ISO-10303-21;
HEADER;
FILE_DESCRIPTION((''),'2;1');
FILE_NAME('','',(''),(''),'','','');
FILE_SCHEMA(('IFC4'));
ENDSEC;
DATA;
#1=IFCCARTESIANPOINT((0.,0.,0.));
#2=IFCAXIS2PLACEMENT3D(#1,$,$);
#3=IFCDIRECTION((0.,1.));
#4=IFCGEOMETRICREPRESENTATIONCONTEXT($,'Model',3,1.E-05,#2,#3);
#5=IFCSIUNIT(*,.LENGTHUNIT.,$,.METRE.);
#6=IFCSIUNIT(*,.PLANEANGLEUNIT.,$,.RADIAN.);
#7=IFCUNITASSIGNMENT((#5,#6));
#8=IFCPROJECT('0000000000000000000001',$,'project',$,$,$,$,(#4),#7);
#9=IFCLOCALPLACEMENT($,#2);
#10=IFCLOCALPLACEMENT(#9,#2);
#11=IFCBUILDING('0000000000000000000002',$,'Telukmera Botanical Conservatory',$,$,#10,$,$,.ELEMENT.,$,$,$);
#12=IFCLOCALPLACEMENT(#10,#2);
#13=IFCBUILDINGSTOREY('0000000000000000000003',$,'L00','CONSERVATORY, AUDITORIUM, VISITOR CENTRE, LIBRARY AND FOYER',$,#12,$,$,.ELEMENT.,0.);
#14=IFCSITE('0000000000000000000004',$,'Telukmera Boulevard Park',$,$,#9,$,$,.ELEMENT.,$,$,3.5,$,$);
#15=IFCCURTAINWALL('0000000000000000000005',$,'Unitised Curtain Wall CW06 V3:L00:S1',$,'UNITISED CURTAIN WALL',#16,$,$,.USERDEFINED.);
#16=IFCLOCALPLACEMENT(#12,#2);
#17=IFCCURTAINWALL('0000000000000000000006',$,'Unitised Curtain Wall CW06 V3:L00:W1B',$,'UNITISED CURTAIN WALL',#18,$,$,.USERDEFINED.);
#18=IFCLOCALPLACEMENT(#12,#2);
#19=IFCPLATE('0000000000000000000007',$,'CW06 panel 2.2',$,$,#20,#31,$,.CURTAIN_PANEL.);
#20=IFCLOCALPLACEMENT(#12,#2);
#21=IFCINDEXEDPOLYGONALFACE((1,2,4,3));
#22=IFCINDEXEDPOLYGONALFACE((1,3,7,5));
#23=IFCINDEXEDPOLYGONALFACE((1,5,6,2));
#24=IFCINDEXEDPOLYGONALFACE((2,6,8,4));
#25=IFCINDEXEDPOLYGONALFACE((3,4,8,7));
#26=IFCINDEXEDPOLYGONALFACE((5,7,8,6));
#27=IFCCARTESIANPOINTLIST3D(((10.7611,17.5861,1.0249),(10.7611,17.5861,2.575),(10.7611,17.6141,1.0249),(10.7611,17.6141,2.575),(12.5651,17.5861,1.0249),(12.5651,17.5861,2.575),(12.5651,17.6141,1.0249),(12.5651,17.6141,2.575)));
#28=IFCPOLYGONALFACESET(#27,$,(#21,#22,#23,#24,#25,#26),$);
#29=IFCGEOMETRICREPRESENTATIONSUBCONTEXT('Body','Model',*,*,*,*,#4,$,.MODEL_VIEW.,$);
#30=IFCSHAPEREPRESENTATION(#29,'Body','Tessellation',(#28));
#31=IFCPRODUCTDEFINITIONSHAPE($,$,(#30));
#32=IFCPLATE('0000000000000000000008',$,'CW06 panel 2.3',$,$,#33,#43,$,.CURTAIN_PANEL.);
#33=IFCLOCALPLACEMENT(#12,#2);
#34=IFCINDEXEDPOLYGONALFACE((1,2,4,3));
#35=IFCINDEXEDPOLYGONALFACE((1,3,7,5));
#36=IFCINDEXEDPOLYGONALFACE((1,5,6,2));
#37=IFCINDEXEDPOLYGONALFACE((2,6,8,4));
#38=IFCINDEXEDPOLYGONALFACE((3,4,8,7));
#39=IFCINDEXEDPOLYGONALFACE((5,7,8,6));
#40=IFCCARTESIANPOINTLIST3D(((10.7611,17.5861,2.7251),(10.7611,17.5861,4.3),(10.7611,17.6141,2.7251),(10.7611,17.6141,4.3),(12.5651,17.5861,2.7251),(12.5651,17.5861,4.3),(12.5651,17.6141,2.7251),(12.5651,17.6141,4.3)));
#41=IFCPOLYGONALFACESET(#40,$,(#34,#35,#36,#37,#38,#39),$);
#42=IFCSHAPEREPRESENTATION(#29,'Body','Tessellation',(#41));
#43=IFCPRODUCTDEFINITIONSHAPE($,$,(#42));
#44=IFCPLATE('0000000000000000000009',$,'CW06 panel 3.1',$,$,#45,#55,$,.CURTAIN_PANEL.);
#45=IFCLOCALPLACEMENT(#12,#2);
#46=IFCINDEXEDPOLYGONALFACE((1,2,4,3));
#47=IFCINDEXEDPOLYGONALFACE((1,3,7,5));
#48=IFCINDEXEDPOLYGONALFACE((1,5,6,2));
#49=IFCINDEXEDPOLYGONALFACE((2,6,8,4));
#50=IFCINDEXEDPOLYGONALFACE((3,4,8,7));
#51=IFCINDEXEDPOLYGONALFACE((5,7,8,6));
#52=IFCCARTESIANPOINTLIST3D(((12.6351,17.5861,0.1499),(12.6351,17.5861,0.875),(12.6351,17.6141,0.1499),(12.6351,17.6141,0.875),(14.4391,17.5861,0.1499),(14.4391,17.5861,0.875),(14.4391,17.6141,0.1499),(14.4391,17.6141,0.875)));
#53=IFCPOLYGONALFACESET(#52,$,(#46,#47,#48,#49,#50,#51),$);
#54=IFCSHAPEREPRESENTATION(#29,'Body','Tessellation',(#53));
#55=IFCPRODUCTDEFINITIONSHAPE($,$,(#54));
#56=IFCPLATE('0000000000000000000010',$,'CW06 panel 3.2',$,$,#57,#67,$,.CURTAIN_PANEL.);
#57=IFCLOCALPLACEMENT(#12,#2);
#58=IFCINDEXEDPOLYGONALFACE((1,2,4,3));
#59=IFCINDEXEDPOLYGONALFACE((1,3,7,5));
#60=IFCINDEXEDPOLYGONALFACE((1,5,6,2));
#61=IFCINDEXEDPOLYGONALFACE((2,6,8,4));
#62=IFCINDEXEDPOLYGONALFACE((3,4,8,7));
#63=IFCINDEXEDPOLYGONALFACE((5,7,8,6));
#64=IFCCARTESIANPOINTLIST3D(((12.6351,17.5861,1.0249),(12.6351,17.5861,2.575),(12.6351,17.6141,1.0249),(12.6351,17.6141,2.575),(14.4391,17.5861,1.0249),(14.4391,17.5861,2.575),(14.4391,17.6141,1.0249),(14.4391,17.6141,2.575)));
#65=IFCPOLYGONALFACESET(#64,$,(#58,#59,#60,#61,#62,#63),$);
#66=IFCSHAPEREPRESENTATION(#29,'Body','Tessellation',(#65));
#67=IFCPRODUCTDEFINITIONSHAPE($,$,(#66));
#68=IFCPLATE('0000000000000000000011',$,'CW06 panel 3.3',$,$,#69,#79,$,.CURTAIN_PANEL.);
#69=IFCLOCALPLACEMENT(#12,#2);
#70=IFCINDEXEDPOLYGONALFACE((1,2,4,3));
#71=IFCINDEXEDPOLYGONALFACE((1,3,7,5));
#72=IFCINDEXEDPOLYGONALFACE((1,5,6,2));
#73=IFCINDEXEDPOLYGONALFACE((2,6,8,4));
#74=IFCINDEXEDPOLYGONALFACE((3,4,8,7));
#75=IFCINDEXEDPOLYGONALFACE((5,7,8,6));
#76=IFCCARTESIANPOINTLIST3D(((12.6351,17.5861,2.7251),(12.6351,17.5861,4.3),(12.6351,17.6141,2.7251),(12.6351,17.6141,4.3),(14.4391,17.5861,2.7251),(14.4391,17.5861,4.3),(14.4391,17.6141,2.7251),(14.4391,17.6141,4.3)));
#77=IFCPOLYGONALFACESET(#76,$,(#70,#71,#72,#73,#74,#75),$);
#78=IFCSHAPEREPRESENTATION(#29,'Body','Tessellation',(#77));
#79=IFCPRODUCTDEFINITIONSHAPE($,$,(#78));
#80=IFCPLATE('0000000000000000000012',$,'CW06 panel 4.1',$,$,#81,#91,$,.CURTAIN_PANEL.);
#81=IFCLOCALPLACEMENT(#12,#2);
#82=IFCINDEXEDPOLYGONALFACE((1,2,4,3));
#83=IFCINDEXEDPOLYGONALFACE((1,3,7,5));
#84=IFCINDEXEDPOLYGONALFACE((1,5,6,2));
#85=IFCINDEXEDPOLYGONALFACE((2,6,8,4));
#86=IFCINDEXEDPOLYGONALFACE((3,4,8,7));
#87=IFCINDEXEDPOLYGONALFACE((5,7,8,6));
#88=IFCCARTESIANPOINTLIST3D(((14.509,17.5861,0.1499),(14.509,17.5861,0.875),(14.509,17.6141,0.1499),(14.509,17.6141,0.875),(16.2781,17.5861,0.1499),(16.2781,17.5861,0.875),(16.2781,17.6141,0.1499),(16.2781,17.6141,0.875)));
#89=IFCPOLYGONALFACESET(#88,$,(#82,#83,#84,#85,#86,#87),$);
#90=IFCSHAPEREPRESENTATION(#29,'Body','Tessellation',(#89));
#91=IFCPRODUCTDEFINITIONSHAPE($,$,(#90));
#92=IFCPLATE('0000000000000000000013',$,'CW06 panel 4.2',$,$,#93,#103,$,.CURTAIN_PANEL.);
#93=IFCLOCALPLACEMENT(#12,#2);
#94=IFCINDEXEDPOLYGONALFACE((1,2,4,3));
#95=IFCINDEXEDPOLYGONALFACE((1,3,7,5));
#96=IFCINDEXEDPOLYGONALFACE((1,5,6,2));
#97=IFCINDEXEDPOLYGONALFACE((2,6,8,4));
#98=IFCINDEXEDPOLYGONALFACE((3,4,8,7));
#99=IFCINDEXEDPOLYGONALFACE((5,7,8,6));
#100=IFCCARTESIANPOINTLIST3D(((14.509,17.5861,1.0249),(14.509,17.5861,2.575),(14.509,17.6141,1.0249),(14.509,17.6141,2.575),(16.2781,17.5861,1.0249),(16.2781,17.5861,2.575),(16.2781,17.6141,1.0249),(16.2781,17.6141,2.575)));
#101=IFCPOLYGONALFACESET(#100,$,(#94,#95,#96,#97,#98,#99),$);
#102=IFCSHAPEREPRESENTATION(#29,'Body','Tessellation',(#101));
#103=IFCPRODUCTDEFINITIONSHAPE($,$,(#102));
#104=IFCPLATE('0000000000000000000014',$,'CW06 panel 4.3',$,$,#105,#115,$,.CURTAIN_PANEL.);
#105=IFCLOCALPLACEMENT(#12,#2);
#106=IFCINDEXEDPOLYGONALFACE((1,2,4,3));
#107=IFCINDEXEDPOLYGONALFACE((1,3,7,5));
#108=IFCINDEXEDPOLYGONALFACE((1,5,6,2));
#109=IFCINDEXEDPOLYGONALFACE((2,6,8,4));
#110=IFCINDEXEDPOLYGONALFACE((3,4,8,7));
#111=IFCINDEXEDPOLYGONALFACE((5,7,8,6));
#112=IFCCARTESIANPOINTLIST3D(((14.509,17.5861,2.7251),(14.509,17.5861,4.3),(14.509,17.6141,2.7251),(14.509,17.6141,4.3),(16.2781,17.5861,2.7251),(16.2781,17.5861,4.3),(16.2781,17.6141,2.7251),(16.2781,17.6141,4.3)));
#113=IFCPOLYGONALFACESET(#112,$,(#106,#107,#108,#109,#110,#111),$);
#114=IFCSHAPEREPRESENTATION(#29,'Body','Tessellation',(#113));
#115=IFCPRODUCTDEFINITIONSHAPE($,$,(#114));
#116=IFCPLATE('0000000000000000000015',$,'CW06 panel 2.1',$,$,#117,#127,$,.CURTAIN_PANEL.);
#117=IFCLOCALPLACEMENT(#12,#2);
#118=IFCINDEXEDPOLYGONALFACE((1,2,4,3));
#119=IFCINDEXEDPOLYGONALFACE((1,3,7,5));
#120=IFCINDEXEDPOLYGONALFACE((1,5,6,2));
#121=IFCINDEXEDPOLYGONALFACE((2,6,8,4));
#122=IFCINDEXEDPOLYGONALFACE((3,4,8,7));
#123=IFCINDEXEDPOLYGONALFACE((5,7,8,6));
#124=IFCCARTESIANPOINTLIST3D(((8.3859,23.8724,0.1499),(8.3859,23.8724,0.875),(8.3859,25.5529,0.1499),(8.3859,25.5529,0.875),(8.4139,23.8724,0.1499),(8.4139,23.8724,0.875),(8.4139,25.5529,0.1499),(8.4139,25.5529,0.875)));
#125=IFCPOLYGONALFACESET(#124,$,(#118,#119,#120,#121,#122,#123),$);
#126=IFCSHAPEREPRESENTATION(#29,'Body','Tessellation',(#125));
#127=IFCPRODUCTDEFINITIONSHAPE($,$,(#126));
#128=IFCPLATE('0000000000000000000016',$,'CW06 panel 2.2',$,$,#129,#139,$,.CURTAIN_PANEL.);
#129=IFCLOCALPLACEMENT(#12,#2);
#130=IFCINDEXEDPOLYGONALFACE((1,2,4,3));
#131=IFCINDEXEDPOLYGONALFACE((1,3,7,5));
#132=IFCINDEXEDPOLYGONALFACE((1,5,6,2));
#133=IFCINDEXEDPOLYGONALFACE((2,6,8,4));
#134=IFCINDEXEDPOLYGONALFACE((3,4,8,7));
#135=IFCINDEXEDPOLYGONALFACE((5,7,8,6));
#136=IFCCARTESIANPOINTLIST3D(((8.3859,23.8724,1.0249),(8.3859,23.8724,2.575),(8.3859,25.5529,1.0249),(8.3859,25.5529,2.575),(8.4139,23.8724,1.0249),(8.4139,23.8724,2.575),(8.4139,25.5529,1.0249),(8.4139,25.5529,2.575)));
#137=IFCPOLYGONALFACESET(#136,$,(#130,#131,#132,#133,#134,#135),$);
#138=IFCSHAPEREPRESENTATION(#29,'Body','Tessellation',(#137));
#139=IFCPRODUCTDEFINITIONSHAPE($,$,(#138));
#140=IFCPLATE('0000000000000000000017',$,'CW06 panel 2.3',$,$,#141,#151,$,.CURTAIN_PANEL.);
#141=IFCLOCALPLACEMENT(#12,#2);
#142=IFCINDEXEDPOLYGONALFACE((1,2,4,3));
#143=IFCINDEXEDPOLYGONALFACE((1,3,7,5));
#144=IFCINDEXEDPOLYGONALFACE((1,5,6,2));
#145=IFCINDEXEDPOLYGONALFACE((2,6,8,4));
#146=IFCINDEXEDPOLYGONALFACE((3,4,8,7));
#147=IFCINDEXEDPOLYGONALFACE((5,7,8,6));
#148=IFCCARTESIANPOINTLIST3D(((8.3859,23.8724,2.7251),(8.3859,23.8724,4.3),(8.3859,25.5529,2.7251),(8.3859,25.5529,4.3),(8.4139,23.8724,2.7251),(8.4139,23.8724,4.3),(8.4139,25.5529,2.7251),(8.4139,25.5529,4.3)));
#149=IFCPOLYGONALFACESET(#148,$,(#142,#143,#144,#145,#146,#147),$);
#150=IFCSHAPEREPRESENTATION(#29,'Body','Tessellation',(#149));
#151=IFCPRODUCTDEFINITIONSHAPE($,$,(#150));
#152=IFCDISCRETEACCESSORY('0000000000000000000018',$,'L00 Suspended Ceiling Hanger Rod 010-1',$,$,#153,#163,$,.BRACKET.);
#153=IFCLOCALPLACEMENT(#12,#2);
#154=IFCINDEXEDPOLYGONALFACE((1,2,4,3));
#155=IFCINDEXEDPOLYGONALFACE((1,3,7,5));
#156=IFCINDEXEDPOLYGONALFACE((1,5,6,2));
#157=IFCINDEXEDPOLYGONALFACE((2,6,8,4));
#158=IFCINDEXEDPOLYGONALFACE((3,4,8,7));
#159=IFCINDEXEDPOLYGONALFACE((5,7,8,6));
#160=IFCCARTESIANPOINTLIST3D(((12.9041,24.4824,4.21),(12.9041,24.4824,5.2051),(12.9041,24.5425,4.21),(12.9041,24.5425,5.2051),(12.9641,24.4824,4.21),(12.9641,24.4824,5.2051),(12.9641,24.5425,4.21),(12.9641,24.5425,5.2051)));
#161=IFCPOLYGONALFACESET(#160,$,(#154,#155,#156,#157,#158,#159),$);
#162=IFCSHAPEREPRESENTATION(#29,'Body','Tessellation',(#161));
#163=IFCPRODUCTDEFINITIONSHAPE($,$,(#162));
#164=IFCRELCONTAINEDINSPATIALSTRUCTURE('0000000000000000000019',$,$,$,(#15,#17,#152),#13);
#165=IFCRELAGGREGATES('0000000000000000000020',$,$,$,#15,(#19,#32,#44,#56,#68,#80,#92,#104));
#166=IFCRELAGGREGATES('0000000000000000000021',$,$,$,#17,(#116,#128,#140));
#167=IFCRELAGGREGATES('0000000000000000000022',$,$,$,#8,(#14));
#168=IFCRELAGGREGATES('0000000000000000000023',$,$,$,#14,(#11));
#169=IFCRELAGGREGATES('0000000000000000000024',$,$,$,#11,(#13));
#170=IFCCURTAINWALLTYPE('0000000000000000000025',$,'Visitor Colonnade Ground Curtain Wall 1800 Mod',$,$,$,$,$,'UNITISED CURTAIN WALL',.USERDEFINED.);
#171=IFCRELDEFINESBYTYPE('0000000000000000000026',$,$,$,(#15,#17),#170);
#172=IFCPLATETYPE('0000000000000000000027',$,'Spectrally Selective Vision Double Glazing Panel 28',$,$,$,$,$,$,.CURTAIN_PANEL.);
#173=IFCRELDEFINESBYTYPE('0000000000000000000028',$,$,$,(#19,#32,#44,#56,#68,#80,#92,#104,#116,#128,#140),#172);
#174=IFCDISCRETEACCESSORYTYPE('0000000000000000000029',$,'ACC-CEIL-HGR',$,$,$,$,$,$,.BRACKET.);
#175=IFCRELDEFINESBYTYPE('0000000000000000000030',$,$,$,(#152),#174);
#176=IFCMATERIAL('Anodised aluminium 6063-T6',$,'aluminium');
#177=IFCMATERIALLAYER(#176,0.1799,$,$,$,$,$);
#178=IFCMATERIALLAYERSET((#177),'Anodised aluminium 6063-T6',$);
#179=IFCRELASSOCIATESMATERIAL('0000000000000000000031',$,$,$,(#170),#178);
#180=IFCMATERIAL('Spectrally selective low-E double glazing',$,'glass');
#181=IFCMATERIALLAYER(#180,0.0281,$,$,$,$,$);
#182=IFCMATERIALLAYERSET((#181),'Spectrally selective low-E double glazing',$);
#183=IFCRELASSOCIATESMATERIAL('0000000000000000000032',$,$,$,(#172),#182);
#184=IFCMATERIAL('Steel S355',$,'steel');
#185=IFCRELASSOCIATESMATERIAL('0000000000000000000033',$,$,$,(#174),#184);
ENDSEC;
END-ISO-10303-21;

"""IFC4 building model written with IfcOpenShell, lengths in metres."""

from ifc_helpers import new_model, si_unit, direction, frame, origin, origin_2d, place, context, subcontext, project, spatial, rectangle, extrude, material, layer, layer_set, type_object, element, aggregate, save


model = new_model("IFC4")

# Units and contexts
model_context = context("Model", 3, precision=1e-05, world=origin(), true_north=direction((0.0, 1.0)))
body_context = subcontext(model_context, "Body", "Model", "MODEL_VIEW")
ifc_project = project(units=[si_unit("LENGTHUNIT", "METRE"), si_unit("PLANEANGLEUNIT", "RADIAN")], contexts=[model_context])

# Site, building, storey
site_placement = place(None, origin())
site = spatial("IfcSite", under=ifc_project, at=site_placement, Name="Telukmera Boulevard Park", CompositionType="ELEMENT", RefElevation=3.5)
building_placement = place(site_placement, origin())
building = spatial("IfcBuilding", under=site, at=building_placement, Name="Telukmera Botanical Conservatory", CompositionType="ELEMENT")
storey_placement = place(building_placement, origin())
storey = spatial("IfcBuildingStorey", under=building, at=storey_placement, Name="L00", Description="CONSERVATORY, AUDITORIUM, VISITOR CENTRE, LIBRARY AND FOYER", CompositionType="ELEMENT", Elevation=0.0)

# Curtain wall
ifc_material_1 = material(Name="Anodised aluminium 6063-T6", Category="aluminium")
ifc_layer_1 = layer(ifc_material_1, 0.1799)
ifc_layer_set_1 = layer_set([ifc_layer_1], Name="Anodised aluminium 6063-T6")
curtain_wall_type = type_object("IfcCurtainWallType", Name="Visitor Colonnade Ground Curtain Wall 1800 Mod", ElementType="UNITISED CURTAIN WALL", PredefinedType="USERDEFINED", material=ifc_layer_set_1)
curtain_wall_1_placement = place(storey_placement, origin())
curtain_wall_1 = element("IfcCurtainWall", 1, at=curtain_wall_1_placement, inside=storey, type_object=curtain_wall_type, Name="Unitised Curtain Wall CW06 V3:L00:S1", ObjectType="UNITISED CURTAIN WALL", PredefinedType="USERDEFINED")

# Curtain wall
curtain_wall_2_placement = place(storey_placement, origin())
curtain_wall_2 = element("IfcCurtainWall", 2, at=curtain_wall_2_placement, inside=storey, type_object=curtain_wall_type, Name="Unitised Curtain Wall CW06 V3:L00:W1B", ObjectType="UNITISED CURTAIN WALL", PredefinedType="USERDEFINED")

# Plates
ifc_material_2 = material(Name="Spectrally selective low-E double glazing", Category="glass")
ifc_layer_2 = layer(ifc_material_2, 0.0281)
ifc_layer_set_2 = layer_set([ifc_layer_2], Name="Spectrally selective low-E double glazing")
plate_type = type_object("IfcPlateType", Name="Spectrally Selective Vision Double Glazing Panel 28", PredefinedType="CURTAIN_PANEL", material=ifc_layer_set_2)
plate_1_placement = place(storey_placement, frame((11.6631, 17.6001, 1.0249), z_axis=(0.0, 0.0, 1.0), x_axis=(1.0, 0.0, 0.0)))
plate_1 = element("IfcPlate", 3, at=plate_1_placement, type_object=plate_type, Name="CW06 panel 2.2", PredefinedType="CURTAIN_PANEL", context=body_context, shape_type="SweptSolid", body=[
    extrude(rectangle(XDim=1.804, YDim=0.0281, at=origin_2d()), origin(), (0.0, 0.0, 1.0), 1.55),
])
plate_2_placement = place(storey_placement, frame((11.6631, 17.6001, 2.7251), z_axis=(0.0, 0.0, 1.0), x_axis=(1.0, 0.0, 0.0)))
plate_2 = element("IfcPlate", 4, at=plate_2_placement, type_object=plate_type, Name="CW06 panel 2.3", PredefinedType="CURTAIN_PANEL", context=body_context, shape_type="SweptSolid", body=[
    extrude(rectangle(XDim=1.804, YDim=0.0281, at=origin_2d()), origin(), (0.0, 0.0, 1.0), 1.575),
])
plate_3_placement = place(storey_placement, frame((13.5371, 17.6001, 0.1499), z_axis=(0.0, 0.0, 1.0), x_axis=(1.0, 0.0, 0.0)))
plate_3 = element("IfcPlate", 5, at=plate_3_placement, type_object=plate_type, Name="CW06 panel 3.1", PredefinedType="CURTAIN_PANEL", context=body_context, shape_type="SweptSolid", body=[
    extrude(rectangle(XDim=1.804, YDim=0.0281, at=origin_2d()), origin(), (0.0, 0.0, 1.0), 0.7251),
])
plate_4_placement = place(storey_placement, frame((13.5371, 17.6001, 1.0249), z_axis=(0.0, 0.0, 1.0), x_axis=(1.0, 0.0, 0.0)))
plate_4 = element("IfcPlate", 6, at=plate_4_placement, type_object=plate_type, Name="CW06 panel 3.2", PredefinedType="CURTAIN_PANEL", context=body_context, shape_type="SweptSolid", body=[
    extrude(rectangle(XDim=1.804, YDim=0.0281, at=origin_2d()), origin(), (0.0, 0.0, 1.0), 1.55),
])
plate_5_placement = place(storey_placement, frame((13.5371, 17.6001, 2.7251), z_axis=(0.0, 0.0, 1.0), x_axis=(1.0, 0.0, 0.0)))
plate_5 = element("IfcPlate", 7, at=plate_5_placement, type_object=plate_type, Name="CW06 panel 3.3", PredefinedType="CURTAIN_PANEL", context=body_context, shape_type="SweptSolid", body=[
    extrude(rectangle(XDim=1.804, YDim=0.0281, at=origin_2d()), origin(), (0.0, 0.0, 1.0), 1.575),
])
plate_6_placement = place(storey_placement, frame((15.3936, 17.6001, 0.1499), z_axis=(0.0, 0.0, 1.0), x_axis=(1.0, 0.0, 0.0)))
plate_6 = element("IfcPlate", 8, at=plate_6_placement, type_object=plate_type, Name="CW06 panel 4.1", PredefinedType="CURTAIN_PANEL", context=body_context, shape_type="SweptSolid", body=[
    extrude(rectangle(XDim=1.769, YDim=0.0281, at=origin_2d()), origin(), (0.0, 0.0, 1.0), 0.7251),
])
plate_7_placement = place(storey_placement, frame((15.3936, 17.6001, 1.0249), z_axis=(0.0, 0.0, 1.0), x_axis=(1.0, 0.0, 0.0)))
plate_7 = element("IfcPlate", 9, at=plate_7_placement, type_object=plate_type, Name="CW06 panel 4.2", PredefinedType="CURTAIN_PANEL", context=body_context, shape_type="SweptSolid", body=[
    extrude(rectangle(XDim=1.769, YDim=0.0281, at=origin_2d()), origin(), (0.0, 0.0, 1.0), 1.55),
])
plate_8_placement = place(storey_placement, frame((15.3936, 17.6001, 2.7251), z_axis=(0.0, 0.0, 1.0), x_axis=(1.0, 0.0, 0.0)))
plate_8 = element("IfcPlate", 10, at=plate_8_placement, type_object=plate_type, Name="CW06 panel 4.3", PredefinedType="CURTAIN_PANEL", context=body_context, shape_type="SweptSolid", body=[
    extrude(rectangle(XDim=1.769, YDim=0.0281, at=origin_2d()), origin(), (0.0, 0.0, 1.0), 1.575),
])
aggregate(curtain_wall_1, [plate_1, plate_2, plate_3, plate_4, plate_5, plate_6, plate_7, plate_8])
plate_9_placement = place(storey_placement, frame((8.3999, 24.7126, 0.1499), z_axis=(0.0, 0.0, 1.0), x_axis=(0.0, 1.0, 0.0)))
plate_9 = element("IfcPlate", 11, at=plate_9_placement, type_object=plate_type, Name="CW06 panel 2.1", PredefinedType="CURTAIN_PANEL", context=body_context, shape_type="SweptSolid", body=[
    extrude(rectangle(XDim=1.6804, YDim=0.0281, at=origin_2d()), origin(), (0.0, 0.0, 1.0), 0.7251),
])
plate_10_placement = place(storey_placement, frame((8.3999, 24.7126, 1.0249), z_axis=(0.0, 0.0, 1.0), x_axis=(0.0, 1.0, 0.0)))
plate_10 = element("IfcPlate", 12, at=plate_10_placement, type_object=plate_type, Name="CW06 panel 2.2", PredefinedType="CURTAIN_PANEL", context=body_context, shape_type="SweptSolid", body=[
    extrude(rectangle(XDim=1.6804, YDim=0.0281, at=origin_2d()), origin(), (0.0, 0.0, 1.0), 1.55),
])
plate_11_placement = place(storey_placement, frame((8.3999, 24.7126, 2.7251), z_axis=(0.0, 0.0, 1.0), x_axis=(0.0, 1.0, 0.0)))
plate_11 = element("IfcPlate", 13, at=plate_11_placement, type_object=plate_type, Name="CW06 panel 2.3", PredefinedType="CURTAIN_PANEL", context=body_context, shape_type="SweptSolid", body=[
    extrude(rectangle(XDim=1.6804, YDim=0.0281, at=origin_2d()), origin(), (0.0, 0.0, 1.0), 1.575),
])
aggregate(curtain_wall_2, [plate_9, plate_10, plate_11])

# Discrete accessory
ifc_material_3 = material(Name="Steel S355", Category="steel")
discrete_accessory_type = type_object("IfcDiscreteAccessoryType", Name="ACC-CEIL-HGR", PredefinedType="BRACKET", material=ifc_material_3)
discrete_accessory_placement = place(storey_placement, frame((12.9341, 24.5125, 4.21), z_axis=(0.0, 0.0, 1.0), x_axis=(1.0, 0.0, 0.0)))
element("IfcDiscreteAccessory", 14, at=discrete_accessory_placement, inside=storey, type_object=discrete_accessory_type, Name="L00 Suspended Ceiling Hanger Rod 010-1", PredefinedType="BRACKET", context=body_context, shape_type="SweptSolid", body=[
    extrude(rectangle(XDim=0.0601, YDim=0.0601, at=origin_2d()), origin(), (0.0, 0.0, 1.0), 0.9951),
])

save(model, "model.ifc")
